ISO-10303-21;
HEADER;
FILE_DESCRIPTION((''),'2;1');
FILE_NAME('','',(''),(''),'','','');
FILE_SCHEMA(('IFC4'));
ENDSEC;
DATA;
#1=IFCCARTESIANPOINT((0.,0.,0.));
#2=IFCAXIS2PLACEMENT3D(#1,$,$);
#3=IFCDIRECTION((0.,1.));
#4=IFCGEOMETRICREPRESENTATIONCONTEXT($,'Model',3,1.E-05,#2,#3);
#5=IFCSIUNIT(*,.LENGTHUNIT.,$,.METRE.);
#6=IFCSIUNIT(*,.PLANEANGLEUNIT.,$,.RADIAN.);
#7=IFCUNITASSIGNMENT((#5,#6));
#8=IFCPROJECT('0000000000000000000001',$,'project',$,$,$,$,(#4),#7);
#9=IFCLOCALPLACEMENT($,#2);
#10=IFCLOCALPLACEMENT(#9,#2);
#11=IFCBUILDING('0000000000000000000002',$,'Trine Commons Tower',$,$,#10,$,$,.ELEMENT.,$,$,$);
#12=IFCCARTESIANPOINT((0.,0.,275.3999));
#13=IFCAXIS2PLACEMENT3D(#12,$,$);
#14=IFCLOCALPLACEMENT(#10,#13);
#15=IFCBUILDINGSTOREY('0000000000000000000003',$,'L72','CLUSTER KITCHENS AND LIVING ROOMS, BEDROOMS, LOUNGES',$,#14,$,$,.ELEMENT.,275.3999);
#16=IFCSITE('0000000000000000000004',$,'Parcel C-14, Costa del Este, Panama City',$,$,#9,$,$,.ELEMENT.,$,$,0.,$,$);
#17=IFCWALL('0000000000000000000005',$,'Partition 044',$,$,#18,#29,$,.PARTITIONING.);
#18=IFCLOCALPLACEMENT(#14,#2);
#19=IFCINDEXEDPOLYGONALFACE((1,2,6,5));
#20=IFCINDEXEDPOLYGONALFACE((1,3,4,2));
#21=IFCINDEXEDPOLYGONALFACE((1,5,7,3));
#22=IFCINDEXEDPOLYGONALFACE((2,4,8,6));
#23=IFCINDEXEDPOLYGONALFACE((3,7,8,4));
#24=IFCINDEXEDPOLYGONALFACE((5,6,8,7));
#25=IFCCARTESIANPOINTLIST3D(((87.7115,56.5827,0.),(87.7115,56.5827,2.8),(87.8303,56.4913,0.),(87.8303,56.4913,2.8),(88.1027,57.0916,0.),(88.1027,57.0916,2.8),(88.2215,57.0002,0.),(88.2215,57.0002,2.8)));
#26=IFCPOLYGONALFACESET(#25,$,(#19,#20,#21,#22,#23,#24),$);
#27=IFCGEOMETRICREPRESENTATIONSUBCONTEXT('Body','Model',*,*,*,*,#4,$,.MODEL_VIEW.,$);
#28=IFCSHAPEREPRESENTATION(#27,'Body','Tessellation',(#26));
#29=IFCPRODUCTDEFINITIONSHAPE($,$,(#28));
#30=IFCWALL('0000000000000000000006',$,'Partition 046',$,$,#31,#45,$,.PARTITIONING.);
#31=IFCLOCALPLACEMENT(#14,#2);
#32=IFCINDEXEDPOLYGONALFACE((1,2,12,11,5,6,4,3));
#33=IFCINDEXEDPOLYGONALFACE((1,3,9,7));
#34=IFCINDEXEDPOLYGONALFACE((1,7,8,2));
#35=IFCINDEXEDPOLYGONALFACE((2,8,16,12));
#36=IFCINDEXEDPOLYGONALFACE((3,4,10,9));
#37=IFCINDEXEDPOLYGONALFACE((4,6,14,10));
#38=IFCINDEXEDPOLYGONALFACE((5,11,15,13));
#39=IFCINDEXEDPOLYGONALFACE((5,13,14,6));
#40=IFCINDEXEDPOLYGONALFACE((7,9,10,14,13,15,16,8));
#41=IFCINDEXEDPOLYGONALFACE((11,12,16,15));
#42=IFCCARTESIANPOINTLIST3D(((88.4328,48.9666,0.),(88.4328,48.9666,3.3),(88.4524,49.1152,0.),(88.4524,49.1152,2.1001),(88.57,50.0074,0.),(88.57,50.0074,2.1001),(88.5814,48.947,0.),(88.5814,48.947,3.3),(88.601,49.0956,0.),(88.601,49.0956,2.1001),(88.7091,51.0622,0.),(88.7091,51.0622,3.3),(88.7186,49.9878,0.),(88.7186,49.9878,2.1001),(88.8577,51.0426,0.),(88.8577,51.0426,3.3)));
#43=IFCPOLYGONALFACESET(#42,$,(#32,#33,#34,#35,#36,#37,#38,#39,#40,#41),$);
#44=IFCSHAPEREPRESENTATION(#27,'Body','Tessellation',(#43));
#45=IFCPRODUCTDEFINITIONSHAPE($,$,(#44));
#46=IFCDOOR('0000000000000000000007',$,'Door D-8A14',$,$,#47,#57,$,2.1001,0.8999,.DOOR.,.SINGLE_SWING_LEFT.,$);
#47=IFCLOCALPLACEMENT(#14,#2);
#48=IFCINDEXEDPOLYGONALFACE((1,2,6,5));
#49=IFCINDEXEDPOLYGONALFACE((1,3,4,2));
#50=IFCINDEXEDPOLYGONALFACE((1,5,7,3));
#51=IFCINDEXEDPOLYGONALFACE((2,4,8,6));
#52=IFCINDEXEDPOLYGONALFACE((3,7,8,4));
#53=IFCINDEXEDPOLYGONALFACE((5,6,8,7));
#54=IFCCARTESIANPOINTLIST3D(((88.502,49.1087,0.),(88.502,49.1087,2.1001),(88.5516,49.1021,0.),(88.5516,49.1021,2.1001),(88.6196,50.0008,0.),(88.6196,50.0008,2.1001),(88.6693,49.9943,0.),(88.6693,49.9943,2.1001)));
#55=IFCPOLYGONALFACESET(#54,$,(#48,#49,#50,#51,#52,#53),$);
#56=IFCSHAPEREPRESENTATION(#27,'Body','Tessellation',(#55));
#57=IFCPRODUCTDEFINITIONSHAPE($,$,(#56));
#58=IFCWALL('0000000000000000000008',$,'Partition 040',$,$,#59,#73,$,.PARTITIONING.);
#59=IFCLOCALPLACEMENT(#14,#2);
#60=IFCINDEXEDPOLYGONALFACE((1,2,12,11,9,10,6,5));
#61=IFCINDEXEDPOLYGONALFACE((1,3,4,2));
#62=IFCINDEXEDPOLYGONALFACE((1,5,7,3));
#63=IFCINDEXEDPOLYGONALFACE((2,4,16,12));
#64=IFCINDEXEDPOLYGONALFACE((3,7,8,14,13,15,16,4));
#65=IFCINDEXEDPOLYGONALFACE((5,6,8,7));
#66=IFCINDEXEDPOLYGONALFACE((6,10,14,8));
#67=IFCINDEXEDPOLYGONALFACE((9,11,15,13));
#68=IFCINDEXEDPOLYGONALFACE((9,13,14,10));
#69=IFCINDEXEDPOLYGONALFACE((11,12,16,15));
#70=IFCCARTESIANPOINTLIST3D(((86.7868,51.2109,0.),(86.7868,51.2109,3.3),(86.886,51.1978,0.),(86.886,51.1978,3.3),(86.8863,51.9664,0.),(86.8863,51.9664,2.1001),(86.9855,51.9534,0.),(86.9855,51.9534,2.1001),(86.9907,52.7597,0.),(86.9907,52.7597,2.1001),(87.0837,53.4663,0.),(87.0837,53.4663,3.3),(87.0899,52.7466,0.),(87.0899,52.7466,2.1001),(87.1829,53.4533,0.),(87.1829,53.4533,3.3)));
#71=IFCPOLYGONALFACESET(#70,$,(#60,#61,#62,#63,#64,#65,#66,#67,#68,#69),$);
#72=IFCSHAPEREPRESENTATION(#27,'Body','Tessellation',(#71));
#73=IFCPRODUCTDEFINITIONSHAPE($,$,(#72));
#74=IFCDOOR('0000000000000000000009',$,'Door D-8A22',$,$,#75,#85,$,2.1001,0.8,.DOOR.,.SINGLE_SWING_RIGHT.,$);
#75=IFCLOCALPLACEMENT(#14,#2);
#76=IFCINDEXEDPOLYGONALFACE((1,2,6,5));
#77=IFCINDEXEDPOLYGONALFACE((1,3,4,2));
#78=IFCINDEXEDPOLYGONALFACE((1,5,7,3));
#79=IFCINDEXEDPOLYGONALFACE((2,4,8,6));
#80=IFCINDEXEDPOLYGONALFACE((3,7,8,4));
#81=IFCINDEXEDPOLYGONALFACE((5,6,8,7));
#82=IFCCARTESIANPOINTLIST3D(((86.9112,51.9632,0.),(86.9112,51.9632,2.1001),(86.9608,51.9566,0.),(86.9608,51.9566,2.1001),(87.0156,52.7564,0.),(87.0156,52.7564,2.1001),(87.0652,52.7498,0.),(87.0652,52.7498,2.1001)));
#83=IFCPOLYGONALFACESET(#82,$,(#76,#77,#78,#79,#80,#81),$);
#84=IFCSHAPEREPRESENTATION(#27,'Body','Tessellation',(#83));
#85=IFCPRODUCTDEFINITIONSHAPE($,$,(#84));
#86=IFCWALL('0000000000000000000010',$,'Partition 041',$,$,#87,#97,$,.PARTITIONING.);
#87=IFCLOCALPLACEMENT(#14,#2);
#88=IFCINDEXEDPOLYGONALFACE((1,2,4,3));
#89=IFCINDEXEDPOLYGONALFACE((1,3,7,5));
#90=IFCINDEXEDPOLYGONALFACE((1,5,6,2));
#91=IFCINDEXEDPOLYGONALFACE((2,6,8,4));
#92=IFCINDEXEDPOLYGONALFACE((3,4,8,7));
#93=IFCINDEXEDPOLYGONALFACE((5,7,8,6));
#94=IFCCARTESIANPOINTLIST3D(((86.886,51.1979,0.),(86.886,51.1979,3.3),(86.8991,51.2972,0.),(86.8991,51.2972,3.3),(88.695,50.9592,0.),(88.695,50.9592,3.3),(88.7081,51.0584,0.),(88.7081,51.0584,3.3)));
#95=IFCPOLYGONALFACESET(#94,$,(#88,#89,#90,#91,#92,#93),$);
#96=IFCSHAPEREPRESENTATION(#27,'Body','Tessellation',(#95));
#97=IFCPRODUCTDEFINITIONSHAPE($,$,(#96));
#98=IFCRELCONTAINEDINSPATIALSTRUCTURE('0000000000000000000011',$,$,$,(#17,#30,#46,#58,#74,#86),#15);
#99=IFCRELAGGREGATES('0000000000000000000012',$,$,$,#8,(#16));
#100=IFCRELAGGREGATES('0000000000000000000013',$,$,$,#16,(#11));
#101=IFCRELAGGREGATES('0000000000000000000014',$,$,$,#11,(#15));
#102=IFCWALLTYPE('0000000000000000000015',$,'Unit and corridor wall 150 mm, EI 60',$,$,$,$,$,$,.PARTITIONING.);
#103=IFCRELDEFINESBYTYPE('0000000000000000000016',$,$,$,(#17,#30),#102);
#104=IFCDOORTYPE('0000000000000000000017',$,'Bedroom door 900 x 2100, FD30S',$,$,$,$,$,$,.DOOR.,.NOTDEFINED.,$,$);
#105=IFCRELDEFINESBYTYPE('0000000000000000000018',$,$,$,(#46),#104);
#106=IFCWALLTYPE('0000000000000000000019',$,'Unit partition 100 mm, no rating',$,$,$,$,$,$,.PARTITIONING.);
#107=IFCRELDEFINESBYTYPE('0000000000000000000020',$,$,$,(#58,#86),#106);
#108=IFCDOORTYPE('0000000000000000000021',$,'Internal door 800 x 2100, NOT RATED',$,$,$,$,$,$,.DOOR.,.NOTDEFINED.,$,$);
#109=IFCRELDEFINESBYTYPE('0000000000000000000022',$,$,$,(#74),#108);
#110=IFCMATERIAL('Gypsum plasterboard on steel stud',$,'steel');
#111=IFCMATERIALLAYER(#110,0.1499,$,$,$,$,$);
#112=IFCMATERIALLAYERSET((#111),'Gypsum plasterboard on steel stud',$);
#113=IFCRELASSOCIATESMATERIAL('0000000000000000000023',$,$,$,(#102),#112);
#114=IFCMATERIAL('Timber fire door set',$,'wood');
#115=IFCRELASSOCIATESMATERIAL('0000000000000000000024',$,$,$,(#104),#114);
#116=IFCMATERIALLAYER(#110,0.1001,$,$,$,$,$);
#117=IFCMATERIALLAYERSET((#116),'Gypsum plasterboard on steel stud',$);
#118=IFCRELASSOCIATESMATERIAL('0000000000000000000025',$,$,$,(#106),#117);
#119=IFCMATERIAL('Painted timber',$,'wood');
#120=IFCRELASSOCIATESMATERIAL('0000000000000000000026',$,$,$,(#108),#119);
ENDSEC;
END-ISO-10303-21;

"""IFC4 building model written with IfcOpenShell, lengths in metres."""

from ifc_helpers import new_model, si_unit, direction, frame, frame_2d, origin, place, context, subcontext, project, spatial, rectangle, extrude, material, layer, layer_set, type_object, element, fill, save


model = new_model("IFC4")

# Units and contexts
model_context = context("Model", 3, precision=1e-05, world=origin(), true_north=direction((0.0, 1.0)))
body_context = subcontext(model_context, "Body", "Model", "MODEL_VIEW")
ifc_project = project(units=[si_unit("LENGTHUNIT", "METRE"), si_unit("PLANEANGLEUNIT", "RADIAN")], contexts=[model_context])

# Site, building, storey
site_placement = place(None, origin())
site = spatial("IfcSite", under=ifc_project, at=site_placement, Name="Parcel C-14, Costa del Este, Panama City", CompositionType="ELEMENT", RefElevation=0.0)
building_placement = place(site_placement, origin())
building = spatial("IfcBuilding", under=site, at=building_placement, Name="Trine Commons Tower", CompositionType="ELEMENT")
storey_placement = place(building_placement, frame((0.0, 0.0, 275.3999)))
storey = spatial("IfcBuildingStorey", under=building, at=storey_placement, Name="L72", Description="CLUSTER KITCHENS AND LIVING ROOMS, BEDROOMS, LOUNGES", CompositionType="ELEMENT", Elevation=275.3999)

# Shared definitions
ifc_material_1 = material(Name="Gypsum plasterboard on steel stud", Category="steel")
ifc_layer_1 = layer(ifc_material_1, 0.1499)
ifc_layer_set_1 = layer_set([ifc_layer_1], Name="Gypsum plasterboard on steel stud")
wall_type_1 = type_object("IfcWallType", Name="Unit and corridor wall 150 mm, EI 60", PredefinedType="PARTITIONING", material=ifc_layer_set_1)

# Shared definitions
ifc_material_2 = material(Name="Timber fire door set", Category="wood")

# Wall
wall_1_placement = place(storey_placement, frame((87.771, 56.5371, 0.0), z_axis=(0.0, 0.0, 1.0), x_axis=(0.609453, 0.792822, 0.0)))
element("IfcWall", 1, at=wall_1_placement, inside=storey, type_object=wall_type_1, Name="Partition 044", PredefinedType="PARTITIONING", context=body_context, shape_type="SweptSolid", body=[
    extrude(rectangle(XDim=0.6418, YDim=0.1499, at=frame_2d((0.3208, 0.0))), origin(), (0.0, 0.0, 1.0), 2.8),
])

# Walls, openings, doors
wall_2_placement = place(storey_placement, frame((88.5071, 48.9568, 0.0), z_axis=(0.0, 0.0, 1.0), x_axis=(0.130741, 0.991417, 0.0)))
wall_2 = element("IfcWall", 2, at=wall_2_placement, inside=storey, type_object=wall_type_1, Name="Partition 046", PredefinedType="PARTITIONING", context=body_context, shape_type="SweptSolid", body=[
    extrude(rectangle(XDim=2.1138, YDim=0.1499, at=frame_2d((1.0569, 0.0))), origin(), (0.0, 0.0, 1.0), 3.3),
])
opening_1_placement = place(wall_2_placement, frame((0.1499, 0.0, 0.0)))
opening_1 = element("IfcOpeningElement", 3, at=opening_1_placement, cuts=wall_2, PredefinedType="OPENING", context=body_context, shape_type="SweptSolid", body=[
    extrude(rectangle(XDim=0.8999, YDim=2.1001, at=frame_2d((0.45, 1.05))), frame((0.0, 0.085, 0.0), z_axis=(0.0, -1.0, 0.0), x_axis=(1.0, 0.0, 0.0)), (0.0, 0.0, 1.0), 0.1699),
])
door_type_1 = type_object("IfcDoorType", Name="Bedroom door 900 x 2100, FD30S", OperationType="NOTDEFINED", PredefinedType="DOOR", material=ifc_material_2)
door_1_placement = place(opening_1_placement, origin())
door_1 = element("IfcDoor", 4, at=door_1_placement, inside=storey, type_object=door_type_1, Name="Door D-8A14", OperationType="SINGLE_SWING_LEFT", OverallHeight=2.1001, OverallWidth=0.8999, PredefinedType="DOOR", context=body_context, shape_type="SweptSolid", body=[
    extrude(rectangle(XDim=0.8999, YDim=2.1001, at=frame_2d((0.45, 1.05))), frame((0.0, 0.0249, 0.0), z_axis=(0.0, -1.0, 0.0), x_axis=(1.0, 0.0, 0.0)), (0.0, 0.0, 1.0), 0.05),
])
fill(opening_1, door_1)
ifc_layer_2 = layer(ifc_material_1, 0.1001)
ifc_layer_set_2 = layer_set([ifc_layer_2], Name="Gypsum plasterboard on steel stud")
wall_type_2 = type_object("IfcWallType", Name="Unit partition 100 mm, no rating", PredefinedType="PARTITIONING", material=ifc_layer_set_2)
wall_3_placement = place(storey_placement, frame((86.8364, 51.2043, 0.0), z_axis=(0.0, 0.0, 1.0), x_axis=(0.130504, 0.991448, 0.0)))
wall_3 = element("IfcWall", 5, at=wall_3_placement, inside=storey, type_object=wall_type_2, Name="Partition 040", PredefinedType="PARTITIONING", context=body_context, shape_type="SweptSolid", body=[
    extrude(rectangle(XDim=2.2749, YDim=0.1001, at=frame_2d((1.1375, 0.0))), origin(), (0.0, 0.0, 1.0), 3.3),
])
opening_2_placement = place(wall_3_placement, frame((0.7622, 0.0, 0.0)))
opening_2 = element("IfcOpeningElement", 6, at=opening_2_placement, cuts=wall_3, PredefinedType="OPENING", context=body_context, shape_type="SweptSolid", body=[
    extrude(rectangle(XDim=0.8, YDim=2.1001, at=frame_2d((0.3999, 1.05))), frame((0.0, 0.0601, 0.0), z_axis=(0.0, -1.0, 0.0), x_axis=(1.0, 0.0, 0.0)), (0.0, 0.0, 1.0), 0.1201),
])
ifc_material_3 = material(Name="Painted timber", Category="wood")
door_type_2 = type_object("IfcDoorType", Name="Internal door 800 x 2100, NOT RATED", OperationType="NOTDEFINED", PredefinedType="DOOR", material=ifc_material_3)
door_2_placement = place(opening_2_placement, origin())
door_2 = element("IfcDoor", 7, at=door_2_placement, inside=storey, type_object=door_type_2, Name="Door D-8A22", OperationType="SINGLE_SWING_RIGHT", OverallHeight=2.1001, OverallWidth=0.8, PredefinedType="DOOR", context=body_context, shape_type="SweptSolid", body=[
    extrude(rectangle(XDim=0.8, YDim=2.1001, at=frame_2d((0.3999, 1.05))), frame((0.0, 0.0249, 0.0), z_axis=(0.0, -1.0, 0.0), x_axis=(1.0, 0.0, 0.0)), (0.0, 0.0, 1.0), 0.05),
])
fill(opening_2, door_2)

# Wall
wall_4_placement = place(storey_placement, frame((86.8926, 51.2476, 0.0), z_axis=(0.0, 0.0, 1.0), x_axis=(0.991402, -0.130849, 0.0)))
element("IfcWall", 8, at=wall_4_placement, inside=storey, type_object=wall_type_2, Name="Partition 041", PredefinedType="PARTITIONING", context=body_context, shape_type="SweptSolid", body=[
    extrude(rectangle(XDim=1.8247, YDim=0.1001, at=frame_2d((0.9124, 0.0))), origin(), (0.0, 0.0, 1.0), 3.3),
])

save(model, "model.ifc")
